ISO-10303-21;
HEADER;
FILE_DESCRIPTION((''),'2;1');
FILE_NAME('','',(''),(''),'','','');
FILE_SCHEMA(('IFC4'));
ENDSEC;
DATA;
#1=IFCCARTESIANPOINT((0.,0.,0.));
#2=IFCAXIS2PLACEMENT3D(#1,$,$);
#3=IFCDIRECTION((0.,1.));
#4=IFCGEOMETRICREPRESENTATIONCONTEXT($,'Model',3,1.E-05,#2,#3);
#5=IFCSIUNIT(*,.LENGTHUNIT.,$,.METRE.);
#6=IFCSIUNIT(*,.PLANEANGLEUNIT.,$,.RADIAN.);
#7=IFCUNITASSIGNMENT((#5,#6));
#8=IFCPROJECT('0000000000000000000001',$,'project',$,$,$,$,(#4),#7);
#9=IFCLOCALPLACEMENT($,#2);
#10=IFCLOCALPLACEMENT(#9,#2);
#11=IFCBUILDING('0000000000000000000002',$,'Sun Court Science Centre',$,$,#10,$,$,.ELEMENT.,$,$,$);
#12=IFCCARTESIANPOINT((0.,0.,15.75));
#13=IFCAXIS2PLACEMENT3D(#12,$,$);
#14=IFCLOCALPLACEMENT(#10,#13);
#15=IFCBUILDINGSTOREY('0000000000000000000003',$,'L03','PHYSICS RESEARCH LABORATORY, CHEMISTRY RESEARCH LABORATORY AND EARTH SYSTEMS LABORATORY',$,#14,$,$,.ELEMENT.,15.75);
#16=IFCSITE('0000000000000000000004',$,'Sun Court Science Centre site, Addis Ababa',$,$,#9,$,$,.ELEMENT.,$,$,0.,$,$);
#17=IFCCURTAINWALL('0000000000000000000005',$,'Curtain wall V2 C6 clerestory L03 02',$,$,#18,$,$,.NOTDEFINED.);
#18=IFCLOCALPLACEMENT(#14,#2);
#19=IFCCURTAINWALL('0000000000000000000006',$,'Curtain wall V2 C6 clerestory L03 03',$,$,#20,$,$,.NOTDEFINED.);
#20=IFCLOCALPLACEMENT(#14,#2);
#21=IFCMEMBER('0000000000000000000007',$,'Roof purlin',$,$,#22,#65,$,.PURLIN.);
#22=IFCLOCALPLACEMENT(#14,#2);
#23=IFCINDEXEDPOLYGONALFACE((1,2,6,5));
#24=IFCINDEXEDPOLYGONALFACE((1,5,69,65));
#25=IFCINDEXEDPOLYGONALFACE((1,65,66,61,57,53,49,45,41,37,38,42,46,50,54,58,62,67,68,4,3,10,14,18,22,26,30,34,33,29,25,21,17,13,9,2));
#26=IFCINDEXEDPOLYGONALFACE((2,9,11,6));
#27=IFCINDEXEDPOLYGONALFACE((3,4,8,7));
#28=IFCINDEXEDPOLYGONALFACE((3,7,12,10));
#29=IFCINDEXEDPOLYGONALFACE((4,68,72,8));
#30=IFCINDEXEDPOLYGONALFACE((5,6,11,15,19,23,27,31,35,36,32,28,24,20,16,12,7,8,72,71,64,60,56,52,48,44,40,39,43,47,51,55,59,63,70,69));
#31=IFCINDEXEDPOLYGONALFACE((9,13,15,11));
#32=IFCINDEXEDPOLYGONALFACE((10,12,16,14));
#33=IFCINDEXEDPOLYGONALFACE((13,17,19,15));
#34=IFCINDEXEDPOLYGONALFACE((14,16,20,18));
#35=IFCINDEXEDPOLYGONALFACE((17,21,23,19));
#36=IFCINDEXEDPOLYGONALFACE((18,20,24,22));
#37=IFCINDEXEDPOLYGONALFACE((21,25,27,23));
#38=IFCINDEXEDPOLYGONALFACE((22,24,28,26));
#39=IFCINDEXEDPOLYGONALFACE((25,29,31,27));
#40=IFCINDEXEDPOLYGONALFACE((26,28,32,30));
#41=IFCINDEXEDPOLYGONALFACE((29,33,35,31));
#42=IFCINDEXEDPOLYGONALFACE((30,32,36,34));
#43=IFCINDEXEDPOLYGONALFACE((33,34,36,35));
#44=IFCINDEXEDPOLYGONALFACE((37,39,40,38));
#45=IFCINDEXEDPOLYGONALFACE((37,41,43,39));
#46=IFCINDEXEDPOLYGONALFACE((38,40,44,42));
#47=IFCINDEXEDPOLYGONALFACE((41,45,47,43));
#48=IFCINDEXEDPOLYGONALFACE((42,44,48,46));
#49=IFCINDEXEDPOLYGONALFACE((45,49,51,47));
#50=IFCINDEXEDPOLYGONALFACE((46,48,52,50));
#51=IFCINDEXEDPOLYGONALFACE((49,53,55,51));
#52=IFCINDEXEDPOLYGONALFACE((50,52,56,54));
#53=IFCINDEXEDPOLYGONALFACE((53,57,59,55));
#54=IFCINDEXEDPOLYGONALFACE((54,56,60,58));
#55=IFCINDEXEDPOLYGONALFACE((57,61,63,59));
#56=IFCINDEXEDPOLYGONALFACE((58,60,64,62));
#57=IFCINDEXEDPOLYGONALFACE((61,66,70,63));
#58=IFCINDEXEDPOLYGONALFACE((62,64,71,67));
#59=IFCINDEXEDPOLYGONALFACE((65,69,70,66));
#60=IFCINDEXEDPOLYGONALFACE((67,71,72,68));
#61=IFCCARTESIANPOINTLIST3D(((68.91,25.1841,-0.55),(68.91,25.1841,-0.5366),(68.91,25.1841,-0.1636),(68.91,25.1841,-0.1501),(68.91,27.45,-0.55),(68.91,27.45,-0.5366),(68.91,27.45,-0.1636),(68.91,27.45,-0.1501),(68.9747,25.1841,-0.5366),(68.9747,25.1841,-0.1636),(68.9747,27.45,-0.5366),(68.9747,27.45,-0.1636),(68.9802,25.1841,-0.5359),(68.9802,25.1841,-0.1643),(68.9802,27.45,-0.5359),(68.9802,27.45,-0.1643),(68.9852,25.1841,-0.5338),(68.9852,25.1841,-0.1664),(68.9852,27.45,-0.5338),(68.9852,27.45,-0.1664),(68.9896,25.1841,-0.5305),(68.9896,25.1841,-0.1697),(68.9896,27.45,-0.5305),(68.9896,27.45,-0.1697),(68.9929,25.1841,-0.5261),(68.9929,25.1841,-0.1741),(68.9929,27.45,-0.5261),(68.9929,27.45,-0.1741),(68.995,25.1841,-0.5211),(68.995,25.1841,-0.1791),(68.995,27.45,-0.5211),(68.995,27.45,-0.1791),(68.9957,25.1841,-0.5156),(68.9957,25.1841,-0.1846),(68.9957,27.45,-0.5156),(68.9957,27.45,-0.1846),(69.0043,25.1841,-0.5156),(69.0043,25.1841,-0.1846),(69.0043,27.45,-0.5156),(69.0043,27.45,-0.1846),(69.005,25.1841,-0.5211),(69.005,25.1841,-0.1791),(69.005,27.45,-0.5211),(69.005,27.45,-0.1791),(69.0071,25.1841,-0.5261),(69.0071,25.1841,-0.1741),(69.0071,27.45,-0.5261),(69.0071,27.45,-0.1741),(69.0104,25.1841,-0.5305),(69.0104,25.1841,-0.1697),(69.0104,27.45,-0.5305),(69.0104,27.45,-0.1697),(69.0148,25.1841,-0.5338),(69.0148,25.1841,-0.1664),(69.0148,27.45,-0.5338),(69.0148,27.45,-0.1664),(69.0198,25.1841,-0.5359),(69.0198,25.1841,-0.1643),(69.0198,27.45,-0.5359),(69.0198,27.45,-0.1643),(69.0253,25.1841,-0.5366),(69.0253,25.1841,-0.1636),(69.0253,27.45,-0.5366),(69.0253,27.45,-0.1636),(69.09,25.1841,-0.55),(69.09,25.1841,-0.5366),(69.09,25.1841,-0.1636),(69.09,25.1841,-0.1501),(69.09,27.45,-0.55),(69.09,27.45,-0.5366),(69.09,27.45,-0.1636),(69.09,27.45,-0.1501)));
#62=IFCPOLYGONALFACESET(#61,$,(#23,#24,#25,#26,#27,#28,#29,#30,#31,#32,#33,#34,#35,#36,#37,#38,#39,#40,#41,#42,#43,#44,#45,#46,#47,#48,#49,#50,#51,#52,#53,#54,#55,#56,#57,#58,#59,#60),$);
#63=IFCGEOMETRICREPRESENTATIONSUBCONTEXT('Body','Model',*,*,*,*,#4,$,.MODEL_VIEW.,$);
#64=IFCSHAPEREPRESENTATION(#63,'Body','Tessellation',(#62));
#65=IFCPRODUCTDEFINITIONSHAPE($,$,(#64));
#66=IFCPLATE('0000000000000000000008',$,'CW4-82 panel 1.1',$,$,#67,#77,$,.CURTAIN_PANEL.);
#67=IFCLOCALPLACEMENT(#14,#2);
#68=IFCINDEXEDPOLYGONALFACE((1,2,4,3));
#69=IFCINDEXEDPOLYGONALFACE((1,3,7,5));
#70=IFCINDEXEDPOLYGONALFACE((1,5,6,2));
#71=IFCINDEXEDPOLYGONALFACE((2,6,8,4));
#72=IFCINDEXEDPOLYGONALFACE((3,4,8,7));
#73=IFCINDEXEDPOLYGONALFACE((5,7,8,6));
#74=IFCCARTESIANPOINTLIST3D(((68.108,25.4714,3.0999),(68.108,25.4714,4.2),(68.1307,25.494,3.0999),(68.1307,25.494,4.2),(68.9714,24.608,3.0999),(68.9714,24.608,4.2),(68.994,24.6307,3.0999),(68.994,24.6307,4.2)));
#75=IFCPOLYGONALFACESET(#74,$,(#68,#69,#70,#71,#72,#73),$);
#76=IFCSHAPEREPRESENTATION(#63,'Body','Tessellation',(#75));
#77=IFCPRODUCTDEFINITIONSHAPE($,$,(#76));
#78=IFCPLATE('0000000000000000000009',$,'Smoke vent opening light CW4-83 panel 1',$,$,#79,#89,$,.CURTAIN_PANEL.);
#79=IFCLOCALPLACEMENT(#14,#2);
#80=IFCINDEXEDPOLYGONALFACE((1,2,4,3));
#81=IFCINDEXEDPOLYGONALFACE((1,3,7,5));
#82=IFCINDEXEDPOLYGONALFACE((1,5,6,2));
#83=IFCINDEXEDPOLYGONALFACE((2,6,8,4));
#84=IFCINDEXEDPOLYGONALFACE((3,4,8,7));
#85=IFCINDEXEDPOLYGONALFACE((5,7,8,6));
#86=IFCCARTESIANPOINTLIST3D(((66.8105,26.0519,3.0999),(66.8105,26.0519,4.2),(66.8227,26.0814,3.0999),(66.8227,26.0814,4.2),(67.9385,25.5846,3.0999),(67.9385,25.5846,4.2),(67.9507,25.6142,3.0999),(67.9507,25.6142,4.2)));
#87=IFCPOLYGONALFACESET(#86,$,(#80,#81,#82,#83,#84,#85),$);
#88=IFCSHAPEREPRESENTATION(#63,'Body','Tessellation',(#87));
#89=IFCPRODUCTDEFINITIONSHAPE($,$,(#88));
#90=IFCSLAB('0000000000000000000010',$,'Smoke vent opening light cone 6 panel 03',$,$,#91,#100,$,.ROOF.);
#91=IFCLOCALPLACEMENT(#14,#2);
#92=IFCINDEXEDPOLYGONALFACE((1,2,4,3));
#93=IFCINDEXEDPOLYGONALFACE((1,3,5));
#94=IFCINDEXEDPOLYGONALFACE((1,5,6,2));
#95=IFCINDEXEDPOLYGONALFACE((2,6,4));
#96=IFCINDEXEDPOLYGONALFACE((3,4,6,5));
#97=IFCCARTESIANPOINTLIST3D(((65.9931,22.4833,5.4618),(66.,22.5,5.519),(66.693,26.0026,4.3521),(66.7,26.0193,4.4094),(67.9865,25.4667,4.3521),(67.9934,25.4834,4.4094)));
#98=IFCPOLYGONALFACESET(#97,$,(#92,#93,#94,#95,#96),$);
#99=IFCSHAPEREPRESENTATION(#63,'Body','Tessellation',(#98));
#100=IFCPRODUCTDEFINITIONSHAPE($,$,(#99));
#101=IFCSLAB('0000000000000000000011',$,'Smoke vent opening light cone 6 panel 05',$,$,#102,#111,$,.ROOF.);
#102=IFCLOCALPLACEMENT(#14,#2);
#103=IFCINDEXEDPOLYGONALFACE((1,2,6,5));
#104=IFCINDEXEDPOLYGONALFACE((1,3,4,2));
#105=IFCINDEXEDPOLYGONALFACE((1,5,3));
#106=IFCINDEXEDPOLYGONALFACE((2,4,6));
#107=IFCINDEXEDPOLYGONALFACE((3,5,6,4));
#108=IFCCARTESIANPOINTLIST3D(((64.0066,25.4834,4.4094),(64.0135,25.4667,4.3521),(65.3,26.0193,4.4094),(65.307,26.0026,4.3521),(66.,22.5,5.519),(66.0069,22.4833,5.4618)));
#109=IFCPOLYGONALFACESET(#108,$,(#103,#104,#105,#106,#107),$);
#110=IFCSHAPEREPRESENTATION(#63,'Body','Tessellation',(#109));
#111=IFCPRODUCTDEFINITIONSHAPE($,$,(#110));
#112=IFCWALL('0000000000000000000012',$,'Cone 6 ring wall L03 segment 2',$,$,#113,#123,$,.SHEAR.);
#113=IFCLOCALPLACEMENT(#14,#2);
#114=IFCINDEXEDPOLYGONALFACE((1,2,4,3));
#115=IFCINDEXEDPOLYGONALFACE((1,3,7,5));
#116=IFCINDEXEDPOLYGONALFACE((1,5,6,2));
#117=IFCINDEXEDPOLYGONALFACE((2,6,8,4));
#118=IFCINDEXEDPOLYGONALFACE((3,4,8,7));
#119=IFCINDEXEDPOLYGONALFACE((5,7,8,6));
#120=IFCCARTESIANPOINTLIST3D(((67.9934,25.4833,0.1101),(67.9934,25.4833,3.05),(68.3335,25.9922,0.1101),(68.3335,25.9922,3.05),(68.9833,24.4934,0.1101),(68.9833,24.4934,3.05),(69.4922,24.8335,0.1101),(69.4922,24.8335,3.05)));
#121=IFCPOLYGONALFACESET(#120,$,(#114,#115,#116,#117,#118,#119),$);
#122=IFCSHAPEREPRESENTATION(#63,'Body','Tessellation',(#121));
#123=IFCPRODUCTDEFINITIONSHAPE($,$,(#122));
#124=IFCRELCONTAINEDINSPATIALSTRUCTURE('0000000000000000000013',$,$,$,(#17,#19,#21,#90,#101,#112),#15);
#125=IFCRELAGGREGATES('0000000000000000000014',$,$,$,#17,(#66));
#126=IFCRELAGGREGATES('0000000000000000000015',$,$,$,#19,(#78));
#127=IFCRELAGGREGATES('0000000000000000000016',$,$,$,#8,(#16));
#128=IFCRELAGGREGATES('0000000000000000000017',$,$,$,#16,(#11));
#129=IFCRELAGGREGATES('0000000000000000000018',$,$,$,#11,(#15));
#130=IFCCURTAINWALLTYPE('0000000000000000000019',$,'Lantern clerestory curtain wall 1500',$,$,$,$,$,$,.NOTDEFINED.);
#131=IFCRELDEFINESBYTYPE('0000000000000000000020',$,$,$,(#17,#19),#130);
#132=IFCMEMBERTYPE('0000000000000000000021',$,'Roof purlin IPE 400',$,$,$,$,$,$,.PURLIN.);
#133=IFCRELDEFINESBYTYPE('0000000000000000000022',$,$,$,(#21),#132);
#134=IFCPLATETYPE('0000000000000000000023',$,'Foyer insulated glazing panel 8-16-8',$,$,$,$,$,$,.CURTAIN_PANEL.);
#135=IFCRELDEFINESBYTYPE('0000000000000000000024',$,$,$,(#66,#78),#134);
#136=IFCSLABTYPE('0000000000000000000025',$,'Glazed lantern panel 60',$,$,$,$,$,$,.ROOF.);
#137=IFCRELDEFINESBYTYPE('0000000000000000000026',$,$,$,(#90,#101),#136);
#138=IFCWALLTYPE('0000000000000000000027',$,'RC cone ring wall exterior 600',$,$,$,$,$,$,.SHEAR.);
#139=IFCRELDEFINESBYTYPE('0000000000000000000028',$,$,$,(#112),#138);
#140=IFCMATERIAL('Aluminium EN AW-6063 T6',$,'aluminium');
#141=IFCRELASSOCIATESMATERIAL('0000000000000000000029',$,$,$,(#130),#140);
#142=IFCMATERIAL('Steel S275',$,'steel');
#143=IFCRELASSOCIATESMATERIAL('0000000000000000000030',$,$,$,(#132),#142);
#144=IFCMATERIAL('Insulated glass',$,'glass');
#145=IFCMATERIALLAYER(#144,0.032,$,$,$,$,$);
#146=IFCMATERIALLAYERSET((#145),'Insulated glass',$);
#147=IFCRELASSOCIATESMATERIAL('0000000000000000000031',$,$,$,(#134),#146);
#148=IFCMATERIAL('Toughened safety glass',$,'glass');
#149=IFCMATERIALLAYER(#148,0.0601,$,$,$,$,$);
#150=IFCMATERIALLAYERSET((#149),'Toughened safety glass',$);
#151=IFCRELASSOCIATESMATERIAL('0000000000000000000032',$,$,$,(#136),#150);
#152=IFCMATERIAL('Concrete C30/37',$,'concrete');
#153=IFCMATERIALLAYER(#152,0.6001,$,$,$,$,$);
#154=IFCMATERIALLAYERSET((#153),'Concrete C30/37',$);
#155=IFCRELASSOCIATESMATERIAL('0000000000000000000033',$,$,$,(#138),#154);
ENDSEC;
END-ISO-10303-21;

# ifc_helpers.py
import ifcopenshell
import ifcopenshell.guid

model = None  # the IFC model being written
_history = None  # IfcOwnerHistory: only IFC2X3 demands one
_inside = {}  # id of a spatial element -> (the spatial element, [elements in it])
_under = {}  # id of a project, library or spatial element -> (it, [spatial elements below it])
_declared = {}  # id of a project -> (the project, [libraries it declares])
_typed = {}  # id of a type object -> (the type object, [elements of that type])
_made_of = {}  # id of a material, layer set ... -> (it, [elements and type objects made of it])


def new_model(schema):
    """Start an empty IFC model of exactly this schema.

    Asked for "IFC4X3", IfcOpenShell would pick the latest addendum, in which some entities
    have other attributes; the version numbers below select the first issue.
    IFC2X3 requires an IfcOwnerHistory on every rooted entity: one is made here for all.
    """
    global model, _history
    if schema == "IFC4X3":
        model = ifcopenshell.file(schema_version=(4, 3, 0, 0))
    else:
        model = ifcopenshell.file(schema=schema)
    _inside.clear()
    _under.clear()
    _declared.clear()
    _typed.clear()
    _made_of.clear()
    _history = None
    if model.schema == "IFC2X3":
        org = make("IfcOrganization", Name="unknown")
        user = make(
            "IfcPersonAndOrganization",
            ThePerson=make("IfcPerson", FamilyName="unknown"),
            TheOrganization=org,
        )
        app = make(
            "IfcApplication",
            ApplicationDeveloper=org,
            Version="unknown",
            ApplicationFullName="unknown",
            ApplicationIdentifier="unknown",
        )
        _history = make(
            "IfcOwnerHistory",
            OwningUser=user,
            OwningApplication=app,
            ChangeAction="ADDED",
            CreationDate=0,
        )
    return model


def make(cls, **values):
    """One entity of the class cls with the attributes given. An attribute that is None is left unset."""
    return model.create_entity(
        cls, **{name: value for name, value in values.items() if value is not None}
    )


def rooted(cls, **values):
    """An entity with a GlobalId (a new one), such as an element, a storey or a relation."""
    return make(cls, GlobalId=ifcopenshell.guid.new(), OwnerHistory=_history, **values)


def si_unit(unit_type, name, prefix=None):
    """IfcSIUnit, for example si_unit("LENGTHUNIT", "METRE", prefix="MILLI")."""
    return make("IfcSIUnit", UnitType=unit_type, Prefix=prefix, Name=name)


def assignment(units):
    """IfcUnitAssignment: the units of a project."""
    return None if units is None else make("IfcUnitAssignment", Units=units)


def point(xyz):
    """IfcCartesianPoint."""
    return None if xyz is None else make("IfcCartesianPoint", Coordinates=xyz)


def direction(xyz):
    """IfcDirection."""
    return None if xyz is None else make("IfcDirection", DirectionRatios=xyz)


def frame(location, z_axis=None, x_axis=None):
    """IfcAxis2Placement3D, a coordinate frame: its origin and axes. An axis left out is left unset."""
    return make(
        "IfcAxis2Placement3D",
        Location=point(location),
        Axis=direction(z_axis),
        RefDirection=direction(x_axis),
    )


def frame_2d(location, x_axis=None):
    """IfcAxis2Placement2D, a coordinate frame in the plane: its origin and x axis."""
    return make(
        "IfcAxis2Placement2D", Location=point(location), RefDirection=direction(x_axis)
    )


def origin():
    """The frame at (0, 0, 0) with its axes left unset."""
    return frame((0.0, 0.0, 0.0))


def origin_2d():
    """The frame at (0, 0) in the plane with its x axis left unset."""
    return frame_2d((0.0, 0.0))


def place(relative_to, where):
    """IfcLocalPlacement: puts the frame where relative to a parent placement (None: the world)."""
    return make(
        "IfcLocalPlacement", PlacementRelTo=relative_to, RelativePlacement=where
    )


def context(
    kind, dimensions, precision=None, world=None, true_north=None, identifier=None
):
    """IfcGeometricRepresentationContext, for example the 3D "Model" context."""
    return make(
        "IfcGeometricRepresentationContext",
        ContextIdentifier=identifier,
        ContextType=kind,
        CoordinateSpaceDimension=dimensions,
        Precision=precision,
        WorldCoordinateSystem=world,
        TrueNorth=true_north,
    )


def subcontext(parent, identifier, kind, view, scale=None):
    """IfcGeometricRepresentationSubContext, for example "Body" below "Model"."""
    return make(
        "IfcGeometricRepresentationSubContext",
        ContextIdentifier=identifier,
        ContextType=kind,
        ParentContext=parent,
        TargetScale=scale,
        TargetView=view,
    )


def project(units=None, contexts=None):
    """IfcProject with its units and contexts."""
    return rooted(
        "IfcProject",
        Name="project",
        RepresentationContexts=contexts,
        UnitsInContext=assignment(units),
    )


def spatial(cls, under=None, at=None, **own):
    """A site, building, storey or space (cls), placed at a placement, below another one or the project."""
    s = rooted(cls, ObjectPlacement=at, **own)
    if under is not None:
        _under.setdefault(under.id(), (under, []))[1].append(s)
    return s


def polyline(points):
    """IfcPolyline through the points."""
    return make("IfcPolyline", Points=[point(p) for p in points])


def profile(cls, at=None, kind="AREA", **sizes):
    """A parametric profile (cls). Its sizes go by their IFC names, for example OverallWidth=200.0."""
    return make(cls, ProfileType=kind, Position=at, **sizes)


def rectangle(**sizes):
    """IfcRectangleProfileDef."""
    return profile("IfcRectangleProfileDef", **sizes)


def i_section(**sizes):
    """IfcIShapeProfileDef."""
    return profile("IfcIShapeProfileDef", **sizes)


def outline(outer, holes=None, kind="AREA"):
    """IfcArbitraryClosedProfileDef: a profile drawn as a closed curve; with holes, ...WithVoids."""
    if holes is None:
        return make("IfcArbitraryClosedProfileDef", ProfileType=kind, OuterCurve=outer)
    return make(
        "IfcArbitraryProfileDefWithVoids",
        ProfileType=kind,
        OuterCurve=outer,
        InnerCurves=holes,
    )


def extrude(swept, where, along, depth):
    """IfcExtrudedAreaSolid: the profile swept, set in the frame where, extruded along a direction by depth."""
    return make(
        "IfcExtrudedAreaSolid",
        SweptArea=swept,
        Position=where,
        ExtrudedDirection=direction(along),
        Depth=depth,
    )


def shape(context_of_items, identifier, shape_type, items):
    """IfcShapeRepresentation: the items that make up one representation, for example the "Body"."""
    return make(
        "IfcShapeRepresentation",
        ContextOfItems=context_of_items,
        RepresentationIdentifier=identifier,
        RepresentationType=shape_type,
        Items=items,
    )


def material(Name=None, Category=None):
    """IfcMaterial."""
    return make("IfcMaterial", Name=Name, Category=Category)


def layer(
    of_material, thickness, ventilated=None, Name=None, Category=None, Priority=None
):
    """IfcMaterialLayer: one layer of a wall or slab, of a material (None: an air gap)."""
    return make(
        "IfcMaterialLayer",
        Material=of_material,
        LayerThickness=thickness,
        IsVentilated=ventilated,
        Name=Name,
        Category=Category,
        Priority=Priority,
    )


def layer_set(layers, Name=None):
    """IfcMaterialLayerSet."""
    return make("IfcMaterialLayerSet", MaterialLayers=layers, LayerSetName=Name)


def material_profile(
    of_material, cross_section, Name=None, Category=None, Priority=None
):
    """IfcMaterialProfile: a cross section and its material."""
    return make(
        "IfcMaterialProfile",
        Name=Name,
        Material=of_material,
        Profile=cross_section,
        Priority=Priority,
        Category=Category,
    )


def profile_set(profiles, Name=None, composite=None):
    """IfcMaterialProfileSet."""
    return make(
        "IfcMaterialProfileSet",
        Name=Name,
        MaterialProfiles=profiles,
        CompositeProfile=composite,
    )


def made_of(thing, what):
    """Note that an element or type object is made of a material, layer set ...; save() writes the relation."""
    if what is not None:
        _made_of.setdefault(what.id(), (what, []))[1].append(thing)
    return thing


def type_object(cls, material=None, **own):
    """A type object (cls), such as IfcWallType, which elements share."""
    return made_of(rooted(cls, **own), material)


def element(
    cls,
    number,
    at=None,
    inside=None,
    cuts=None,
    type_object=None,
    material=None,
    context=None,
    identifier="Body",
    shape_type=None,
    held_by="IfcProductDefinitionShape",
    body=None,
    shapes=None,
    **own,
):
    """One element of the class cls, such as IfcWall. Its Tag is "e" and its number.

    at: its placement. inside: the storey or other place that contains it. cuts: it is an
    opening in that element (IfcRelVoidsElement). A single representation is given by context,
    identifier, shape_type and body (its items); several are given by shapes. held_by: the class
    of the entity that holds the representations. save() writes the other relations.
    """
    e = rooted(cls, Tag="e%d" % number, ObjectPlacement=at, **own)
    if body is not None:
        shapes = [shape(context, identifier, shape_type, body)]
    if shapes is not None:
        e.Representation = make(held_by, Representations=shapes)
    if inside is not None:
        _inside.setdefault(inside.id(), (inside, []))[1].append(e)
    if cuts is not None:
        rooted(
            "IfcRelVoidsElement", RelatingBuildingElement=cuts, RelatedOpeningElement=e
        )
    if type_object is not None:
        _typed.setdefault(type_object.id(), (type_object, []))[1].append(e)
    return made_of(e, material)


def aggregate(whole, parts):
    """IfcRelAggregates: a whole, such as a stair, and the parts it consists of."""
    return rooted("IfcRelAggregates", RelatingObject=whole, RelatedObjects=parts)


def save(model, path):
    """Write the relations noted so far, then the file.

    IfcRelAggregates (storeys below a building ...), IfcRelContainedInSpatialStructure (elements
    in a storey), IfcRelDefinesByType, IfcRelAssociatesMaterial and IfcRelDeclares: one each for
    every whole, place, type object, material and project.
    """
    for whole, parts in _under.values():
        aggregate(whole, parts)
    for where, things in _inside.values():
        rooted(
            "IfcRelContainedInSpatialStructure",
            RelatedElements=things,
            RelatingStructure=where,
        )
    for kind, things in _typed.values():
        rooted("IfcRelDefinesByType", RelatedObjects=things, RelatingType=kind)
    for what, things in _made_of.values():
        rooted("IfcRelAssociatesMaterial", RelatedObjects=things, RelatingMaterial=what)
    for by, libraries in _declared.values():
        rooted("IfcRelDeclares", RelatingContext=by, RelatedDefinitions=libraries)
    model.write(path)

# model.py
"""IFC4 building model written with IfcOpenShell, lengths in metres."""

from ifc_helpers import new_model, si_unit, direction, frame, origin, origin_2d, place, context, subcontext, project, spatial, polyline, rectangle, i_section, outline, extrude, material, layer, layer_set, material_profile, profile_set, type_object, element, aggregate, save


model = new_model("IFC4")

# Units and contexts
model_context = context("Model", 3, precision=1e-05, world=origin(), true_north=direction((0.0, 1.0)))
body_context = subcontext(model_context, "Body", "Model", "MODEL_VIEW")
ifc_project = project(units=[si_unit("LENGTHUNIT", "METRE"), si_unit("PLANEANGLEUNIT", "RADIAN")], contexts=[model_context])

# Site, building, storey
site_placement = place(None, origin())
site = spatial("IfcSite", under=ifc_project, at=site_placement, Name="Sun Court Science Centre site, Addis Ababa", CompositionType="ELEMENT", RefElevation=0.0)
building_placement = place(site_placement, origin())
building = spatial("IfcBuilding", under=site, at=building_placement, Name="Sun Court Science Centre", CompositionType="ELEMENT")
storey_placement = place(building_placement, frame((0.0, 0.0, 15.75)))
storey = spatial("IfcBuildingStorey", under=building, at=storey_placement, Name="L03", Description="PHYSICS RESEARCH LABORATORY, CHEMISTRY RESEARCH LABORATORY AND EARTH SYSTEMS LABORATORY", CompositionType="ELEMENT", Elevation=15.75)

# Curtain walls
ifc_material_1 = material(Name="Aluminium EN AW-6063 T6", Category="aluminium")
curtain_wall_type = type_object("IfcCurtainWallType", Name="Lantern clerestory curtain wall 1500", PredefinedType="NOTDEFINED", material=ifc_material_1)
curtain_wall_1_placement = place(storey_placement, origin())
curtain_wall_1 = element("IfcCurtainWall", 1, at=curtain_wall_1_placement, inside=storey, type_object=curtain_wall_type, Name="Curtain wall V2 C6 clerestory L03 02", PredefinedType="NOTDEFINED")
curtain_wall_2_placement = place(storey_placement, origin())
curtain_wall_2 = element("IfcCurtainWall", 2, at=curtain_wall_2_placement, inside=storey, type_object=curtain_wall_type, Name="Curtain wall V2 C6 clerestory L03 03", PredefinedType="NOTDEFINED")

# Member
ifc_material_2 = material(Name="Steel S275", Category="steel")
ifc_material_profile_1 = material_profile(ifc_material_2, i_section(OverallWidth=0.1799, OverallDepth=0.3999, WebThickness=0.0085, FlangeThickness=0.0134, FilletRadius=0.021, at=origin_2d()), Name="IPE 400")
ifc_profile_set_1 = profile_set([ifc_material_profile_1], Name="Steel S275")
member_type_1 = type_object("IfcMemberType", Name="Roof purlin IPE 400", PredefinedType="PURLIN", material=ifc_profile_set_1)
member_1_placement = place(storey_placement, frame((69.0, 25.1841, -0.3501), z_axis=(0.0, 1.0, 0.0), x_axis=(-1.0, 0.0, 0.0)))
element("IfcMember", 3, at=member_1_placement, inside=storey, type_object=member_type_1, Name="Roof purlin", PredefinedType="PURLIN", context=body_context, shape_type="SweptSolid", body=[
    extrude(i_section(OverallWidth=0.1799, OverallDepth=0.3999, WebThickness=0.0085, FlangeThickness=0.0134, FilletRadius=0.021, at=origin_2d()), origin(), (0.0, 0.0, 1.0), 2.2659),
])

# Plates
ifc_material_3 = material(Name="Insulated glass", Category="glass")
ifc_layer_1 = layer(ifc_material_3, 0.032)
ifc_layer_set_1 = layer_set([ifc_layer_1], Name="Insulated glass")
plate_type = type_object("IfcPlateType", Name="Foyer insulated glazing panel 8-16-8", PredefinedType="CURTAIN_PANEL", material=ifc_layer_set_1)
plate_1_placement = place(storey_placement, frame((68.551, 25.051, 3.0999), z_axis=(0.0, 0.0, 1.0), x_axis=(0.707107, -0.707107, 0.0)))
plate_1 = element("IfcPlate", 4, at=plate_1_placement, type_object=plate_type, Name="CW4-82 panel 1.1", PredefinedType="CURTAIN_PANEL", context=body_context, shape_type="SweptSolid", body=[
    extrude(rectangle(XDim=1.2209, YDim=0.032, at=origin_2d()), origin(), (0.0, 0.0, 1.0), 1.1001),
])
aggregate(curtain_wall_1, [plate_1])
plate_2_placement = place(storey_placement, frame((67.3806, 25.833, 3.0999), z_axis=(0.0, 0.0, 1.0), x_axis=(0.92388, -0.382683, 0.0)))
plate_2 = element("IfcPlate", 5, at=plate_2_placement, type_object=plate_type, Name="Smoke vent opening light CW4-83 panel 1", PredefinedType="CURTAIN_PANEL", context=body_context, shape_type="SweptSolid", body=[
    extrude(rectangle(XDim=1.2209, YDim=0.032, at=origin_2d()), origin(), (0.0, 0.0, 1.0), 1.1001),
])
aggregate(curtain_wall_2, [plate_2])

# Slabs
ifc_material_4 = material(Name="Toughened safety glass", Category="glass")
ifc_layer_2 = layer(ifc_material_4, 0.0601)
ifc_layer_set_2 = layer_set([ifc_layer_2], Name="Toughened safety glass")
slab_type = type_object("IfcSlabType", Name="Glazed lantern panel 60", PredefinedType="ROOF", material=ifc_layer_set_2)
slab_1_placement = place(storey_placement, frame((67.9934, 25.4834, 4.4094), z_axis=(0.115099, 0.277811, 0.953715), x_axis=(-0.923849, 0.382757, 0.0)))
element("IfcSlab", 6, at=slab_1_placement, inside=storey, type_object=slab_type, Name="Smoke vent opening light cone 6 panel 03", PredefinedType="ROOF", context=body_context, shape_type="SweptSolid", body=[
    extrude(outline(polyline([(0.0, 0.0), (1.4001, 0.0), (0.6997, 3.69), (0.0, 0.0)])), origin(), (0.0, 0.0, -1.0), 0.0601),
])
slab_2_placement = place(storey_placement, frame((65.3, 26.0193, 4.4094), z_axis=(-0.115099, 0.277811, 0.953715), x_axis=(-0.923849, -0.382757, 0.0)))
element("IfcSlab", 7, at=slab_2_placement, inside=storey, type_object=slab_type, Name="Smoke vent opening light cone 6 panel 05", PredefinedType="ROOF", context=body_context, shape_type="SweptSolid", body=[
    extrude(outline(polyline([(0.0, 0.0), (1.4001, 0.0), (0.7004, 3.69), (0.0, 0.0)])), origin(), (0.0, 0.0, -1.0), 0.0601),
])

# Wall
ifc_material_5 = material(Name="Concrete C30/37", Category="concrete")
ifc_layer_3 = layer(ifc_material_5, 0.6001)
ifc_layer_set_3 = layer_set([ifc_layer_3], Name="Concrete C30/37")
wall_type = type_object("IfcWallType", Name="RC cone ring wall exterior 600", PredefinedType="SHEAR", material=ifc_layer_set_3)
wall_1_placement = place(storey_placement, frame((69.28, 24.6213, 0.1101), z_axis=(0.0, 0.0, 1.0), x_axis=(-0.707107, 0.707107, 0.0)))
element("IfcWall", 8, at=wall_1_placement, inside=storey, type_object=wall_type, Name="Cone 6 ring wall L03 segment 2", PredefinedType="SHEAR", context=body_context, shape_type="SweptSolid", body=[
    extrude(outline(polyline([(0.0, -0.3), (1.6387, -0.3), (1.5193, 0.3003), (0.1194, 0.3003), (0.0, -0.3)])), origin(), (0.0, 0.0, 1.0), 2.9399),
])

save(model, "model.ifc")
